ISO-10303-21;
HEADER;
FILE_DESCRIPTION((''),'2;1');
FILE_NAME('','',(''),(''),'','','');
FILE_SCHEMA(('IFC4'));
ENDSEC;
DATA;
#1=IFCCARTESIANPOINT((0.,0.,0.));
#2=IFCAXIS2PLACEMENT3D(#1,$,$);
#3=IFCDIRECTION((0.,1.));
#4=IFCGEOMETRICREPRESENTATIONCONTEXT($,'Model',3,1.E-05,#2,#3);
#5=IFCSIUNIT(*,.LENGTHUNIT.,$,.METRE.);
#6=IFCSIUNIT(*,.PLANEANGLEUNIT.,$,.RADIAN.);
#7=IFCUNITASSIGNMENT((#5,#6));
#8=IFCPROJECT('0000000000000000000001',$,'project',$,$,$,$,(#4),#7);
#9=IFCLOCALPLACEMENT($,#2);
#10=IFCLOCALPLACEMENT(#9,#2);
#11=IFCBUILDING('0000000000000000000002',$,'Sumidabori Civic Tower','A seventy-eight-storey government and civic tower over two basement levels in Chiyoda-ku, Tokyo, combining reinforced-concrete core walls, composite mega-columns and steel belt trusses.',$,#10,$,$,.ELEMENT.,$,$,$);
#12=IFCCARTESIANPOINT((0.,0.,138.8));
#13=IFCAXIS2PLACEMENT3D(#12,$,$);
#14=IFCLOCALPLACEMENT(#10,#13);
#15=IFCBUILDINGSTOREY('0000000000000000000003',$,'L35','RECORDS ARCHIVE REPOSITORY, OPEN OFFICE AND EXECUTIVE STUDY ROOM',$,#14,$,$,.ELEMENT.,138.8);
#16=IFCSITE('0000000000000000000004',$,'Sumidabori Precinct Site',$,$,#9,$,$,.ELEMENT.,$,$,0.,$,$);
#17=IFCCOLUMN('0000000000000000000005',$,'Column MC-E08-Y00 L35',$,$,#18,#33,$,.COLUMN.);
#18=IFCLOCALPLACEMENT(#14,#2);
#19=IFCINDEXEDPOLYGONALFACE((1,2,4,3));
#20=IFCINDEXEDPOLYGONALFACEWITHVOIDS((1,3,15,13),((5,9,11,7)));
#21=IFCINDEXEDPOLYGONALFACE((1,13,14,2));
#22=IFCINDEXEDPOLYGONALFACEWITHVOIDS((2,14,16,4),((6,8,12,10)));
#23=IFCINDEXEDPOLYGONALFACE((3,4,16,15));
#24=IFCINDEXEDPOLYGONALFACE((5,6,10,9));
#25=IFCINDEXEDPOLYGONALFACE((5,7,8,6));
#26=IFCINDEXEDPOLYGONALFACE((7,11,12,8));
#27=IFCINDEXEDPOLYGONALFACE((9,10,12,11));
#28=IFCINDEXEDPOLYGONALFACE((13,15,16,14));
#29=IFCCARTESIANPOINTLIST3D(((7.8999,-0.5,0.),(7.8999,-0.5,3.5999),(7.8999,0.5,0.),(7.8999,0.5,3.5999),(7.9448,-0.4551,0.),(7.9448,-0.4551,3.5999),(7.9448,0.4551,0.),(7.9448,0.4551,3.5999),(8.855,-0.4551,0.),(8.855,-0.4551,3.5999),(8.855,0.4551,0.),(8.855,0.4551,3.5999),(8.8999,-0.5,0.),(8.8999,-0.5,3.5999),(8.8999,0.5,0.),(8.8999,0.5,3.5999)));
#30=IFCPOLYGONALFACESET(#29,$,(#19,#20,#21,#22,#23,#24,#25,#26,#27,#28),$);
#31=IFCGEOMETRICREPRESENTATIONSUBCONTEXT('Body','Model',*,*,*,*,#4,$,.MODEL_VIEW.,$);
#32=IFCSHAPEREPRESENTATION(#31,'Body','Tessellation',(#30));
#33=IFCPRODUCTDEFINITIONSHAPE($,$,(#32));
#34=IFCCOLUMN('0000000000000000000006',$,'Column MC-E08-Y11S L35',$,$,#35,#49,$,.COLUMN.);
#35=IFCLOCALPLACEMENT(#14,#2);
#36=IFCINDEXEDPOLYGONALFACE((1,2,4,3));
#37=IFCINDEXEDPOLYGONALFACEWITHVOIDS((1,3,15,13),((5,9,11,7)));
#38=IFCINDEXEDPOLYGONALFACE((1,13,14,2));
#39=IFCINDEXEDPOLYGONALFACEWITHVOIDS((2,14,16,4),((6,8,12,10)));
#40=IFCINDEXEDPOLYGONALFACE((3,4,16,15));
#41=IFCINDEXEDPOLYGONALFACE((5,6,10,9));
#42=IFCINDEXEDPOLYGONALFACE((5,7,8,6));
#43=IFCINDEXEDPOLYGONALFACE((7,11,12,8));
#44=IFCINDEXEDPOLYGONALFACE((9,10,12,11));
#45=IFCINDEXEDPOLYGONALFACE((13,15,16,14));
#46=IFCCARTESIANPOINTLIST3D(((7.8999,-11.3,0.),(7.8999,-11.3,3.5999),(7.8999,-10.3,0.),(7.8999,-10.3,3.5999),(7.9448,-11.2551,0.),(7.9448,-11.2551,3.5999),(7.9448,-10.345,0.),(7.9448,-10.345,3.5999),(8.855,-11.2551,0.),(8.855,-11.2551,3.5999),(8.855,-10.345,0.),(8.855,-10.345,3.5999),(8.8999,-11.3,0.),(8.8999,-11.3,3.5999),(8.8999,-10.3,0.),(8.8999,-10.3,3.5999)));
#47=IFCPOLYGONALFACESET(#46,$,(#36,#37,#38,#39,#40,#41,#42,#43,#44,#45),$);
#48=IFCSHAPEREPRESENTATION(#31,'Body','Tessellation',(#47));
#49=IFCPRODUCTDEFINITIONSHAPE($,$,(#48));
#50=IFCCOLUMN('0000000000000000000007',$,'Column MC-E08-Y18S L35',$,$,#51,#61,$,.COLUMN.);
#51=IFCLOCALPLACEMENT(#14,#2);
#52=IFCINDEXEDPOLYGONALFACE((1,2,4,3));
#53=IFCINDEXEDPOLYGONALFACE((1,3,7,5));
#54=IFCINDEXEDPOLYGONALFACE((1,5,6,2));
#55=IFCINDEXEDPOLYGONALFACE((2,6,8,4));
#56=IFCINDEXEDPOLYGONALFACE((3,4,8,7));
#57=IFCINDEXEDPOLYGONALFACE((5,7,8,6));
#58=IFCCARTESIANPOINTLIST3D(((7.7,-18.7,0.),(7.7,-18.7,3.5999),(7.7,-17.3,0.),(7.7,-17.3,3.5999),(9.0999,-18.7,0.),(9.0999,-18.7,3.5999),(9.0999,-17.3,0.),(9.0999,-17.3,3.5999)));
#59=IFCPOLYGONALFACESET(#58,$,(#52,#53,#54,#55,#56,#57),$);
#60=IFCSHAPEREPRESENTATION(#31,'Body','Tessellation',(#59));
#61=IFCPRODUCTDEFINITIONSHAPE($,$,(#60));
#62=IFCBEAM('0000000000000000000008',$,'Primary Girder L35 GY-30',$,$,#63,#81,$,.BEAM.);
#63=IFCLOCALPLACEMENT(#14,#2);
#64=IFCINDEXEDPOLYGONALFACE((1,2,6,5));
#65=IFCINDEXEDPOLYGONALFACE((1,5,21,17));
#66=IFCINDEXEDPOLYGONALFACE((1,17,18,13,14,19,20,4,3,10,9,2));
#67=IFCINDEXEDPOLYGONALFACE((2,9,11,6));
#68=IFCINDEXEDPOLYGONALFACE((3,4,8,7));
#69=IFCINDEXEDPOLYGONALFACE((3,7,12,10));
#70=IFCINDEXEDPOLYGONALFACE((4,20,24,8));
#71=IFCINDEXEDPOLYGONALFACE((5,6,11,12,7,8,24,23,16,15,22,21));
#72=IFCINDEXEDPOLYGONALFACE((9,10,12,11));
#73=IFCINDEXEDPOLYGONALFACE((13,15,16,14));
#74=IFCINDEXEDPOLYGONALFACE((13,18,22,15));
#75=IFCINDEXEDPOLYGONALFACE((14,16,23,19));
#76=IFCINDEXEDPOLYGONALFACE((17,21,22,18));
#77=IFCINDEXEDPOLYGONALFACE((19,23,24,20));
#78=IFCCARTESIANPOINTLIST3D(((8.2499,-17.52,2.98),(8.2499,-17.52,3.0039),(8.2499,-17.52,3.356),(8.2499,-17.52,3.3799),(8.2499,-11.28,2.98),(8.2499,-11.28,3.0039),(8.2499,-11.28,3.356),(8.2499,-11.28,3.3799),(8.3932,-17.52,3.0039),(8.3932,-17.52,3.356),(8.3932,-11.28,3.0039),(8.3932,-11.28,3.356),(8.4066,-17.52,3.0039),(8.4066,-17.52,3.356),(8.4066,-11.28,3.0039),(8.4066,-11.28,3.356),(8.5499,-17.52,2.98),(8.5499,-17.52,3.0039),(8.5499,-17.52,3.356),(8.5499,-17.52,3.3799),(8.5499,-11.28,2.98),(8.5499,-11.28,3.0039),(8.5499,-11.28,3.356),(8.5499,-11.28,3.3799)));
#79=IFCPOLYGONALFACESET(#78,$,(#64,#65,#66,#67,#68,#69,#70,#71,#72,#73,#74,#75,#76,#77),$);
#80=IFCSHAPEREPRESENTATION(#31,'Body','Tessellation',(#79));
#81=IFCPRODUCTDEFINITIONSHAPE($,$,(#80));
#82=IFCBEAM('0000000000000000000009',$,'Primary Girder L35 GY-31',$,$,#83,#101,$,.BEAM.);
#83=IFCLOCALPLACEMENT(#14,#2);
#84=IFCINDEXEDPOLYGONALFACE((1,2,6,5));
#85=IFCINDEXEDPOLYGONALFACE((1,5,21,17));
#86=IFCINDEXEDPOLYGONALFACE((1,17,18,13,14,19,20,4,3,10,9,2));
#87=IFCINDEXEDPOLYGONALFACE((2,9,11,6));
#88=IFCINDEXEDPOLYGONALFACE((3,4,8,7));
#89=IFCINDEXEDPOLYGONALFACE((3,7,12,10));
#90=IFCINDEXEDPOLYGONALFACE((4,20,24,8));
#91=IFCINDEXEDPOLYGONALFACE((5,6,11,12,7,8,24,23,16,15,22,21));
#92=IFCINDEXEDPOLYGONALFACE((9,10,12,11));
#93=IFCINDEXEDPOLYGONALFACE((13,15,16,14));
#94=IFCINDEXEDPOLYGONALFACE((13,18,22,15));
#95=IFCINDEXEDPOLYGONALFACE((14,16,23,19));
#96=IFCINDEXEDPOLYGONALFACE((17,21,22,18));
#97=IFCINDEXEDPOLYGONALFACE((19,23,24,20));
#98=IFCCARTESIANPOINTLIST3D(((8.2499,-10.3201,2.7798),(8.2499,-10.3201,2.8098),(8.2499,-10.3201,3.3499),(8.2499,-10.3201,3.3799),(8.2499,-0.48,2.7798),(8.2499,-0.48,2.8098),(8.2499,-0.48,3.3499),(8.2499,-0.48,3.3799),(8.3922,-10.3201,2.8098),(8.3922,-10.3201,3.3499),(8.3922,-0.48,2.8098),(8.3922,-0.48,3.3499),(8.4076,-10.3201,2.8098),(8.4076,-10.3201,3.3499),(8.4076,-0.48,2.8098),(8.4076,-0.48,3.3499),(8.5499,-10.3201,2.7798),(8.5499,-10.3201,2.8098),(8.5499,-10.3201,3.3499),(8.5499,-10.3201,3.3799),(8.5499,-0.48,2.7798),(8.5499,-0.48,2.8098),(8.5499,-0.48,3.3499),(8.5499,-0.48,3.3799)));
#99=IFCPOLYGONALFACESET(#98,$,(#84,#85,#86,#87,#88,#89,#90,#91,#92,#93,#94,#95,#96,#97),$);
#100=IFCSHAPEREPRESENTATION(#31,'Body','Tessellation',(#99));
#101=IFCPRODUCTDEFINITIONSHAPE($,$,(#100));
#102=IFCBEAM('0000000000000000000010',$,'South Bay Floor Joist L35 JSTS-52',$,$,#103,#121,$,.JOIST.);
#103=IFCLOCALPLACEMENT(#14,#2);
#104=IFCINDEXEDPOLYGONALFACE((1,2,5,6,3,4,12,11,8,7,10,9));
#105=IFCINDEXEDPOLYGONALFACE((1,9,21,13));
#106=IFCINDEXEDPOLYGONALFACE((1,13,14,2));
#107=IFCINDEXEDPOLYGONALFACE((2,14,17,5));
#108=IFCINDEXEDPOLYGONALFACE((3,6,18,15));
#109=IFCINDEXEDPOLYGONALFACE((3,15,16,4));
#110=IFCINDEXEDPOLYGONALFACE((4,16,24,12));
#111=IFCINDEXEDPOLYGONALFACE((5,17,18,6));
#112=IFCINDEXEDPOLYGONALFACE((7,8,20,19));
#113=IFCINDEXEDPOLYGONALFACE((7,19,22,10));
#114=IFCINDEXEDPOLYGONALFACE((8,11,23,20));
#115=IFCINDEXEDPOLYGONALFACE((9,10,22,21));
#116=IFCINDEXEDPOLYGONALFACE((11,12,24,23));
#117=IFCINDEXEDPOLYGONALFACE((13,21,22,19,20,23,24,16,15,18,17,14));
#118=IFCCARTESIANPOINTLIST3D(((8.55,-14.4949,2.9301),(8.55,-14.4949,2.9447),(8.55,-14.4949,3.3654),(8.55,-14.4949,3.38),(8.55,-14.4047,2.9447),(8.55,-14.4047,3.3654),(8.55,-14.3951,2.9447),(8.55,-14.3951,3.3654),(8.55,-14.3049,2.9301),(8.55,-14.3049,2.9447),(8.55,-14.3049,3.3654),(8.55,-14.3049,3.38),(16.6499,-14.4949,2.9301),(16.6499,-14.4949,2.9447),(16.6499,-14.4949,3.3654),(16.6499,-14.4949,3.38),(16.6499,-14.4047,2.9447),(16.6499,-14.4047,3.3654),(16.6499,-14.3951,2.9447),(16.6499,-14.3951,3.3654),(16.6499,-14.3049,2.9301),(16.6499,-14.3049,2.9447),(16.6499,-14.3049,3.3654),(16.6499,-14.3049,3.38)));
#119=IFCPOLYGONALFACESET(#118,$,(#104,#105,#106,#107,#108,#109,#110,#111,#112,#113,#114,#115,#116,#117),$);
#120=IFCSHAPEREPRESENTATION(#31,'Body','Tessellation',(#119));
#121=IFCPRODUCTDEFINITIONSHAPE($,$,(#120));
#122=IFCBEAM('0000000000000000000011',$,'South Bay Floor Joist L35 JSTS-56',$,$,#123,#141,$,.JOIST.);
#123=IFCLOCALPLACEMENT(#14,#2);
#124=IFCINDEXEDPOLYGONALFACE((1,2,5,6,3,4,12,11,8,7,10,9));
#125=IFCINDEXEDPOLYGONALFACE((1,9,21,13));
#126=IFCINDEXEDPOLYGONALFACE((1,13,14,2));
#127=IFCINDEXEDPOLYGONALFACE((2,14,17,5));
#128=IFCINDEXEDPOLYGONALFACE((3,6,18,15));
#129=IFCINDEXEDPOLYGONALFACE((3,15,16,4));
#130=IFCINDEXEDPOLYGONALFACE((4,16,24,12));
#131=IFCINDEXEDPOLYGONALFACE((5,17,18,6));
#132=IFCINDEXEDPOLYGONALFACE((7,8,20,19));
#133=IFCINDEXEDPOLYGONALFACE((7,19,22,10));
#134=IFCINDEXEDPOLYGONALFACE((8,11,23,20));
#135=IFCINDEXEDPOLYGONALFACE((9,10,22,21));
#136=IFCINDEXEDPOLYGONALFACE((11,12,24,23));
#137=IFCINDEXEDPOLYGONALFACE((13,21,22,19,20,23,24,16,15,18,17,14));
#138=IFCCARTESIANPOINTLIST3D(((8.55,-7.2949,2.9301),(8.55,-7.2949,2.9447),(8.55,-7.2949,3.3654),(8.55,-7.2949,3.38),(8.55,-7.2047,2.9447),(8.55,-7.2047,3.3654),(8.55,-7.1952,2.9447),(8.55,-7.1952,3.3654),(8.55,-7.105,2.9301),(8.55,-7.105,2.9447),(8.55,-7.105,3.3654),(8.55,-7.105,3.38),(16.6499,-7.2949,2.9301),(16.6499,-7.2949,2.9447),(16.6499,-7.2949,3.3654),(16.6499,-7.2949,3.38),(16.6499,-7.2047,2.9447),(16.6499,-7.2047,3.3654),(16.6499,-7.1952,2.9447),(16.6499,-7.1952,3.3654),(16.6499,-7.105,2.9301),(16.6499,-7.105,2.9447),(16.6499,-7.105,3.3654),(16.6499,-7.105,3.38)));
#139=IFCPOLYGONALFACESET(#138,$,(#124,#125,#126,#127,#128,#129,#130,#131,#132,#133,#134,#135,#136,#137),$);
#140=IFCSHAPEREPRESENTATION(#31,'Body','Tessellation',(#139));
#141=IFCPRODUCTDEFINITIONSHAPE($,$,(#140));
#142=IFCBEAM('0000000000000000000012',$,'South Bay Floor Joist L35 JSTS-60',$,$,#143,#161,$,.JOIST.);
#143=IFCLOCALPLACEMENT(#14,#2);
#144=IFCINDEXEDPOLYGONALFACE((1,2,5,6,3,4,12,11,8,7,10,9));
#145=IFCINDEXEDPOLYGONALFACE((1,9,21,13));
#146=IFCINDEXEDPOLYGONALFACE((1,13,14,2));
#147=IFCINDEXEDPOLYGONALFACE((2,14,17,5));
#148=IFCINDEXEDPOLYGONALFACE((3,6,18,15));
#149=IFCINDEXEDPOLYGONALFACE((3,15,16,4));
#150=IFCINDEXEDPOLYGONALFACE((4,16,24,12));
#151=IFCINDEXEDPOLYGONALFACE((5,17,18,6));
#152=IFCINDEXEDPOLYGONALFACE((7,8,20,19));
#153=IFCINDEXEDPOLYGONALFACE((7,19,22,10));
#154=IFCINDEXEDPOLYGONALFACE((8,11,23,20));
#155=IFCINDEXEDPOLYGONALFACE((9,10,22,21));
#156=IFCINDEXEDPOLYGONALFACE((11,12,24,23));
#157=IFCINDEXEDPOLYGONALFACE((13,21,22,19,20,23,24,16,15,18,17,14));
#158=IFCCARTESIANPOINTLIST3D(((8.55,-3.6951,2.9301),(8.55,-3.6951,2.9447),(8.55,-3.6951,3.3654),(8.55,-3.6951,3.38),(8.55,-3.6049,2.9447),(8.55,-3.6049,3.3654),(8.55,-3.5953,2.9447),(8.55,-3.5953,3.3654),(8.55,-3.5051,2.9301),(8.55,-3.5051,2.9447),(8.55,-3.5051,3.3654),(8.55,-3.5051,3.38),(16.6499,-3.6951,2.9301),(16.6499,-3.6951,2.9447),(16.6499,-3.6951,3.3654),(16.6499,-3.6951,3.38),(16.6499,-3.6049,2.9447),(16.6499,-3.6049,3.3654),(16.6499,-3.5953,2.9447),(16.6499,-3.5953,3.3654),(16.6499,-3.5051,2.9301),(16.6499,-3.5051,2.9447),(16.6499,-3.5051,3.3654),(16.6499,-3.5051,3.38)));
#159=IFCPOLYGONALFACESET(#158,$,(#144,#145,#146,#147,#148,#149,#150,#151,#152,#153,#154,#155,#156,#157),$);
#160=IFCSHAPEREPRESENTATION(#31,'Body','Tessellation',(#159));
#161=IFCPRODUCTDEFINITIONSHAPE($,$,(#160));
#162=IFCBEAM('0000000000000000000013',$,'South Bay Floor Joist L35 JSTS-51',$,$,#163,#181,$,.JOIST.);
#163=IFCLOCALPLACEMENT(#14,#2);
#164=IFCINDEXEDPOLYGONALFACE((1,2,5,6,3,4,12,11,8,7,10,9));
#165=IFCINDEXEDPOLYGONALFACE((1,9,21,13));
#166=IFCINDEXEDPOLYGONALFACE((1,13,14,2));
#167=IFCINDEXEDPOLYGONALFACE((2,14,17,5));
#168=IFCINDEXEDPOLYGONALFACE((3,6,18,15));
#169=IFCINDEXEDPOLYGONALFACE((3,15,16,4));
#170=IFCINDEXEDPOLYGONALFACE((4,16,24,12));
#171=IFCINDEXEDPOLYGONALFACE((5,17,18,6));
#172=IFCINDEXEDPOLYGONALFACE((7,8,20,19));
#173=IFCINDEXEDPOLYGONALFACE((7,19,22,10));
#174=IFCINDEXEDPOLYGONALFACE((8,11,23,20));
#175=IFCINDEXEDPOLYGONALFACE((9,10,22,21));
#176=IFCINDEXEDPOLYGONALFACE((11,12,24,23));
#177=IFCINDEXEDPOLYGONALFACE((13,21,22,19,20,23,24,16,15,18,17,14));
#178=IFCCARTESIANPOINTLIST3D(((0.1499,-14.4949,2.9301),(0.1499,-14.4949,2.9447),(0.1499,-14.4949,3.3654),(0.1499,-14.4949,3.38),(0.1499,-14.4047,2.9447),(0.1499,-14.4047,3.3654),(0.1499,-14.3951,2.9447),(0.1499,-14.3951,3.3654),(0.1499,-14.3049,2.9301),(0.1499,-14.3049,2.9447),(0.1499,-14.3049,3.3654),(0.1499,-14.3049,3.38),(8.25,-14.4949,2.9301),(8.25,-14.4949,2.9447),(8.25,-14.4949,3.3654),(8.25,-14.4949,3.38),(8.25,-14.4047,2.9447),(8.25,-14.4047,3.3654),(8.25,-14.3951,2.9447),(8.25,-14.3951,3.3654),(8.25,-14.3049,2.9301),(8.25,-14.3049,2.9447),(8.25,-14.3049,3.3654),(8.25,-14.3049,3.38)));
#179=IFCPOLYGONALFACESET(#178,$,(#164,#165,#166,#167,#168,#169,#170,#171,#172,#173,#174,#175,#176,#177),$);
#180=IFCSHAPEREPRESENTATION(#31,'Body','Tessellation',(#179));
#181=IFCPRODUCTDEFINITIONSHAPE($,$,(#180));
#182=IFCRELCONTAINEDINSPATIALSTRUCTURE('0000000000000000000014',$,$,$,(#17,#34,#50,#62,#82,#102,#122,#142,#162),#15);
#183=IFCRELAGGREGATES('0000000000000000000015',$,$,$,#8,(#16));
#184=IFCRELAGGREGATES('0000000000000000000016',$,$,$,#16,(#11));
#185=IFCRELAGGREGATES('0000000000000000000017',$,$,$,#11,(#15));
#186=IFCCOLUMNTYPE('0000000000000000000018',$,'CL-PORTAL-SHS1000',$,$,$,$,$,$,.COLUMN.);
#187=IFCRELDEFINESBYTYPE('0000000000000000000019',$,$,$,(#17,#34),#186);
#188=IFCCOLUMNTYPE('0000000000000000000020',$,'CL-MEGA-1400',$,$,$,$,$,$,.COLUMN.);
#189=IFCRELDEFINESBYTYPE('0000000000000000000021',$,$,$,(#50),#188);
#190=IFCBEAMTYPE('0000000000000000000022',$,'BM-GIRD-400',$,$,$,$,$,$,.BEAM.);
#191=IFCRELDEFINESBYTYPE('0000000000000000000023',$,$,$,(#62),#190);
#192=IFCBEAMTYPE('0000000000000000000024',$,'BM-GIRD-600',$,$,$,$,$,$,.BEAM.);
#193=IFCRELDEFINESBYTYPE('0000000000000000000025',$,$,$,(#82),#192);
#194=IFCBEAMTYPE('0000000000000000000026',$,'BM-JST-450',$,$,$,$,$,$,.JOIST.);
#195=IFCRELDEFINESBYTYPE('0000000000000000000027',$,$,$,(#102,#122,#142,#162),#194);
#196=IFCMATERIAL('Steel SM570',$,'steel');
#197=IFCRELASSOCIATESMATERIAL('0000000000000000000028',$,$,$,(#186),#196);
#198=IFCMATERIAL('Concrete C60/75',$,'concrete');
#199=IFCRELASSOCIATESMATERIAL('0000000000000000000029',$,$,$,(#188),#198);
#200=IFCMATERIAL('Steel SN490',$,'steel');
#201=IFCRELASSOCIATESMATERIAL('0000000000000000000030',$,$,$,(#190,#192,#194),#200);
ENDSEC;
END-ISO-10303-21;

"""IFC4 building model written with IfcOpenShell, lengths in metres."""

from ifc_helpers import new_model, si_unit, direction, frame, origin, origin_2d, place, context, subcontext, project, spatial, rectangle, hollow_rectangle, i_section, extrude, source, transform, mapped, material, material_profile, profile_set, type_object, element, save


model = new_model("IFC4")

# Units and contexts
model_context = context("Model", 3, precision=1e-05, world=origin(), true_north=direction((0.0, 1.0)))
body_context = subcontext(model_context, "Body", "Model", "MODEL_VIEW")
ifc_project = project(units=[si_unit("LENGTHUNIT", "METRE"), si_unit("PLANEANGLEUNIT", "RADIAN")], contexts=[model_context])

# Site, building, storey
site_placement = place(None, origin())
site = spatial("IfcSite", under=ifc_project, at=site_placement, Name="Sumidabori Precinct Site", CompositionType="ELEMENT", RefElevation=0.0)
building_placement = place(site_placement, origin())
building = spatial("IfcBuilding", under=site, at=building_placement, Name="Sumidabori Civic Tower", Description="A seventy-eight-storey government and civic tower over two basement levels in Chiyoda-ku, Tokyo, combining reinforced-concrete core walls, composite mega-columns and steel belt trusses.", CompositionType="ELEMENT")
storey_placement = place(building_placement, frame((0.0, 0.0, 138.8)))
storey = spatial("IfcBuildingStorey", under=building, at=storey_placement, Name="L35", Description="RECORDS ARCHIVE REPOSITORY, OPEN OFFICE AND EXECUTIVE STUDY ROOM", CompositionType="ELEMENT", Elevation=138.8)

# Columns
ifc_material_1 = material(Name="Steel SM570", Category="steel")
ifc_material_profile_1 = material_profile(ifc_material_1, hollow_rectangle(XDim=1.0, YDim=1.0, WallThickness=0.0449, at=origin_2d()), Name="SHS 1000x1000x45")
ifc_profile_set_1 = profile_set([ifc_material_profile_1], Name="Steel SM570")
column_type_1 = type_object("IfcColumnType", Name="CL-PORTAL-SHS1000", PredefinedType="COLUMN", material=ifc_profile_set_1)
shared_shape_1 = source(origin(), body_context, "Body", "SweptSolid", [
    extrude(hollow_rectangle(XDim=1.0, YDim=1.0, WallThickness=0.0449, at=origin_2d()), origin(), (0.0, 0.0, 1.0), 3.5999),
])
for number, where, z_axis, x_axis, name in (
    (1, (8.3999, 0.0, 0.0), (0.0, 0.0, 1.0), (1.0, 0.0, 0.0), "Column MC-E08-Y00 L35"),
    (2, (8.3999, -10.8, 0.0), (0.0, 0.0, 1.0), (1.0, 0.0, 0.0), "Column MC-E08-Y11S L35"),
):
    element("IfcColumn", number, at=place(storey_placement, frame(where, z_axis=z_axis, x_axis=x_axis)), inside=storey, type_object=column_type_1, Name=name, PredefinedType="COLUMN", context=body_context, shape_type="MappedRepresentation", body=[
        mapped(shared_shape_1, transform((0.0, 0.0, 0.0), x_axis=(1.0, 0.0, 0.0), y_axis=(0.0, 1.0, 0.0), z_axis=(0.0, 0.0, 1.0), scale=1.0)),
    ])
ifc_material_2 = material(Name="Concrete C60/75", Category="concrete")
ifc_material_profile_2 = material_profile(ifc_material_2, rectangle(XDim=1.3999, YDim=1.3999, at=origin_2d()), Name="RC 1400x1400")
ifc_profile_set_2 = profile_set([ifc_material_profile_2], Name="Concrete C60/75")
column_type_2 = type_object("IfcColumnType", Name="CL-MEGA-1400", PredefinedType="COLUMN", material=ifc_profile_set_2)
shared_shape_2 = source(origin(), body_context, "Body", "SweptSolid", [
    extrude(rectangle(XDim=1.3999, YDim=1.3999, at=origin_2d()), origin(), (0.0, 0.0, 1.0), 3.5999),
])
column_placement = place(storey_placement, frame((8.3999, -18.0, 0.0), z_axis=(0.0, 0.0, 1.0), x_axis=(1.0, 0.0, 0.0)))
element("IfcColumn", 3, at=column_placement, inside=storey, type_object=column_type_2, Name="Column MC-E08-Y18S L35", PredefinedType="COLUMN", context=body_context, shape_type="MappedRepresentation", body=[
    mapped(shared_shape_2, transform((0.0, 0.0, 0.0), x_axis=(1.0, 0.0, 0.0), y_axis=(0.0, 1.0, 0.0), z_axis=(0.0, 0.0, 1.0), scale=1.0)),
])

# Beams
ifc_material_3 = material(Name="Steel SN490", Category="steel")
ifc_material_profile_3 = material_profile(ifc_material_3, i_section(OverallWidth=0.3, OverallDepth=0.3999, WebThickness=0.0134, FlangeThickness=0.0239, at=origin_2d()), Name="HE 400 B")
ifc_profile_set_3 = profile_set([ifc_material_profile_3], Name="Steel SN490")
beam_type_1 = type_object("IfcBeamType", Name="BM-GIRD-400", PredefinedType="BEAM", material=ifc_profile_set_3)
shared_shape_3 = source(origin(), body_context, "Body", "SweptSolid", [
    extrude(i_section(OverallWidth=0.3, OverallDepth=0.3999, WebThickness=0.0134, FlangeThickness=0.0239, at=origin_2d()), origin(), (0.0, 0.0, 1.0), 6.24),
])
beam_1_placement = place(storey_placement, frame((8.3999, -17.52, 3.1799), z_axis=(0.0, 1.0, 0.0), x_axis=(-1.0, 0.0, 0.0)))
element("IfcBeam", 4, at=beam_1_placement, inside=storey, type_object=beam_type_1, Name="Primary Girder L35 GY-30", PredefinedType="BEAM", context=body_context, shape_type="MappedRepresentation", body=[
    mapped(shared_shape_3, transform((0.0, 0.0, 0.0), x_axis=(1.0, 0.0, 0.0), y_axis=(0.0, 1.0, 0.0), z_axis=(0.0, 0.0, 1.0), scale=1.0)),
])
ifc_material_profile_4 = material_profile(ifc_material_3, i_section(OverallWidth=0.3, OverallDepth=0.6001, WebThickness=0.0154, FlangeThickness=0.03, at=origin_2d()), Name="HE 600 B")
ifc_profile_set_4 = profile_set([ifc_material_profile_4], Name="Steel SN490")
beam_type_2 = type_object("IfcBeamType", Name="BM-GIRD-600", PredefinedType="BEAM", material=ifc_profile_set_4)
shared_shape_4 = source(origin(), body_context, "Body", "SweptSolid", [
    extrude(i_section(OverallWidth=0.3, OverallDepth=0.6001, WebThickness=0.0154, FlangeThickness=0.03, at=origin_2d()), origin(), (0.0, 0.0, 1.0), 9.8401),
])
beam_2_placement = place(storey_placement, frame((8.3999, -10.3201, 3.0798), z_axis=(0.0, 1.0, 0.0), x_axis=(-1.0, 0.0, 0.0)))
element("IfcBeam", 5, at=beam_2_placement, inside=storey, type_object=beam_type_2, Name="Primary Girder L35 GY-31", PredefinedType="BEAM", context=body_context, shape_type="MappedRepresentation", body=[
    mapped(shared_shape_4, transform((0.0, 0.0, 0.0), x_axis=(1.0, 0.0, 0.0), y_axis=(0.0, 1.0, 0.0), z_axis=(0.0, 0.0, 1.0), scale=1.0)),
])
ifc_material_profile_5 = material_profile(ifc_material_3, i_section(OverallWidth=0.1899, OverallDepth=0.45, WebThickness=0.0095, FlangeThickness=0.0146, at=origin_2d()), Name="IPE 450")
ifc_profile_set_5 = profile_set([ifc_material_profile_5], Name="Steel SN490")
beam_type_3 = type_object("IfcBeamType", Name="BM-JST-450", PredefinedType="JOIST", material=ifc_profile_set_5)
shared_shape_5 = source(origin(), body_context, "Body", "SweptSolid", [
    extrude(i_section(OverallWidth=0.1899, OverallDepth=0.45, WebThickness=0.0095, FlangeThickness=0.0146, at=origin_2d()), origin(), (0.0, 0.0, 1.0), 8.0999),
])
for number, where, z_axis, x_axis, name in (
    (6, (8.55, -14.3999, 3.155), (1.0, 0.0, 0.0), (0.0, 1.0, 0.0), "South Bay Floor Joist L35 JSTS-52"),
    (7, (8.55, -7.2, 3.155), (1.0, 0.0, 0.0), (0.0, 1.0, 0.0), "South Bay Floor Joist L35 JSTS-56"),
    (8, (8.55, -3.6001, 3.155), (1.0, 0.0, 0.0), (0.0, 1.0, 0.0), "South Bay Floor Joist L35 JSTS-60"),
):
    element("IfcBeam", number, at=place(storey_placement, frame(where, z_axis=z_axis, x_axis=x_axis)), inside=storey, type_object=beam_type_3, Name=name, PredefinedType="JOIST", context=body_context, shape_type="MappedRepresentation", body=[
        mapped(shared_shape_5, transform((0.0, 0.0, 0.0), x_axis=(1.0, 0.0, 0.0), y_axis=(0.0, 1.0, 0.0), z_axis=(0.0, 0.0, 1.0), scale=1.0)),
    ])
shared_shape_6 = source(origin(), body_context, "Body", "SweptSolid", [
    extrude(i_section(OverallWidth=0.1899, OverallDepth=0.45, WebThickness=0.0095, FlangeThickness=0.0146, at=origin_2d()), origin(), (0.0, 0.0, 1.0), 8.1001),
])
for number, where, z_axis, x_axis, name in (
    (9, (0.1499, -14.3999, 3.155), (1.0, 0.0, 0.0), (0.0, 1.0, 0.0), "South Bay Floor Joist L35 JSTS-51"),
):
    element("IfcBeam", number, at=place(storey_placement, frame(where, z_axis=z_axis, x_axis=x_axis)), inside=storey, type_object=beam_type_3, Name=name, PredefinedType="JOIST", context=body_context, shape_type="MappedRepresentation", body=[
        mapped(shared_shape_6, transform((0.0, 0.0, 0.0), x_axis=(1.0, 0.0, 0.0), y_axis=(0.0, 1.0, 0.0), z_axis=(0.0, 0.0, 1.0), scale=1.0)),
    ])

save(model, "model.ifc")
